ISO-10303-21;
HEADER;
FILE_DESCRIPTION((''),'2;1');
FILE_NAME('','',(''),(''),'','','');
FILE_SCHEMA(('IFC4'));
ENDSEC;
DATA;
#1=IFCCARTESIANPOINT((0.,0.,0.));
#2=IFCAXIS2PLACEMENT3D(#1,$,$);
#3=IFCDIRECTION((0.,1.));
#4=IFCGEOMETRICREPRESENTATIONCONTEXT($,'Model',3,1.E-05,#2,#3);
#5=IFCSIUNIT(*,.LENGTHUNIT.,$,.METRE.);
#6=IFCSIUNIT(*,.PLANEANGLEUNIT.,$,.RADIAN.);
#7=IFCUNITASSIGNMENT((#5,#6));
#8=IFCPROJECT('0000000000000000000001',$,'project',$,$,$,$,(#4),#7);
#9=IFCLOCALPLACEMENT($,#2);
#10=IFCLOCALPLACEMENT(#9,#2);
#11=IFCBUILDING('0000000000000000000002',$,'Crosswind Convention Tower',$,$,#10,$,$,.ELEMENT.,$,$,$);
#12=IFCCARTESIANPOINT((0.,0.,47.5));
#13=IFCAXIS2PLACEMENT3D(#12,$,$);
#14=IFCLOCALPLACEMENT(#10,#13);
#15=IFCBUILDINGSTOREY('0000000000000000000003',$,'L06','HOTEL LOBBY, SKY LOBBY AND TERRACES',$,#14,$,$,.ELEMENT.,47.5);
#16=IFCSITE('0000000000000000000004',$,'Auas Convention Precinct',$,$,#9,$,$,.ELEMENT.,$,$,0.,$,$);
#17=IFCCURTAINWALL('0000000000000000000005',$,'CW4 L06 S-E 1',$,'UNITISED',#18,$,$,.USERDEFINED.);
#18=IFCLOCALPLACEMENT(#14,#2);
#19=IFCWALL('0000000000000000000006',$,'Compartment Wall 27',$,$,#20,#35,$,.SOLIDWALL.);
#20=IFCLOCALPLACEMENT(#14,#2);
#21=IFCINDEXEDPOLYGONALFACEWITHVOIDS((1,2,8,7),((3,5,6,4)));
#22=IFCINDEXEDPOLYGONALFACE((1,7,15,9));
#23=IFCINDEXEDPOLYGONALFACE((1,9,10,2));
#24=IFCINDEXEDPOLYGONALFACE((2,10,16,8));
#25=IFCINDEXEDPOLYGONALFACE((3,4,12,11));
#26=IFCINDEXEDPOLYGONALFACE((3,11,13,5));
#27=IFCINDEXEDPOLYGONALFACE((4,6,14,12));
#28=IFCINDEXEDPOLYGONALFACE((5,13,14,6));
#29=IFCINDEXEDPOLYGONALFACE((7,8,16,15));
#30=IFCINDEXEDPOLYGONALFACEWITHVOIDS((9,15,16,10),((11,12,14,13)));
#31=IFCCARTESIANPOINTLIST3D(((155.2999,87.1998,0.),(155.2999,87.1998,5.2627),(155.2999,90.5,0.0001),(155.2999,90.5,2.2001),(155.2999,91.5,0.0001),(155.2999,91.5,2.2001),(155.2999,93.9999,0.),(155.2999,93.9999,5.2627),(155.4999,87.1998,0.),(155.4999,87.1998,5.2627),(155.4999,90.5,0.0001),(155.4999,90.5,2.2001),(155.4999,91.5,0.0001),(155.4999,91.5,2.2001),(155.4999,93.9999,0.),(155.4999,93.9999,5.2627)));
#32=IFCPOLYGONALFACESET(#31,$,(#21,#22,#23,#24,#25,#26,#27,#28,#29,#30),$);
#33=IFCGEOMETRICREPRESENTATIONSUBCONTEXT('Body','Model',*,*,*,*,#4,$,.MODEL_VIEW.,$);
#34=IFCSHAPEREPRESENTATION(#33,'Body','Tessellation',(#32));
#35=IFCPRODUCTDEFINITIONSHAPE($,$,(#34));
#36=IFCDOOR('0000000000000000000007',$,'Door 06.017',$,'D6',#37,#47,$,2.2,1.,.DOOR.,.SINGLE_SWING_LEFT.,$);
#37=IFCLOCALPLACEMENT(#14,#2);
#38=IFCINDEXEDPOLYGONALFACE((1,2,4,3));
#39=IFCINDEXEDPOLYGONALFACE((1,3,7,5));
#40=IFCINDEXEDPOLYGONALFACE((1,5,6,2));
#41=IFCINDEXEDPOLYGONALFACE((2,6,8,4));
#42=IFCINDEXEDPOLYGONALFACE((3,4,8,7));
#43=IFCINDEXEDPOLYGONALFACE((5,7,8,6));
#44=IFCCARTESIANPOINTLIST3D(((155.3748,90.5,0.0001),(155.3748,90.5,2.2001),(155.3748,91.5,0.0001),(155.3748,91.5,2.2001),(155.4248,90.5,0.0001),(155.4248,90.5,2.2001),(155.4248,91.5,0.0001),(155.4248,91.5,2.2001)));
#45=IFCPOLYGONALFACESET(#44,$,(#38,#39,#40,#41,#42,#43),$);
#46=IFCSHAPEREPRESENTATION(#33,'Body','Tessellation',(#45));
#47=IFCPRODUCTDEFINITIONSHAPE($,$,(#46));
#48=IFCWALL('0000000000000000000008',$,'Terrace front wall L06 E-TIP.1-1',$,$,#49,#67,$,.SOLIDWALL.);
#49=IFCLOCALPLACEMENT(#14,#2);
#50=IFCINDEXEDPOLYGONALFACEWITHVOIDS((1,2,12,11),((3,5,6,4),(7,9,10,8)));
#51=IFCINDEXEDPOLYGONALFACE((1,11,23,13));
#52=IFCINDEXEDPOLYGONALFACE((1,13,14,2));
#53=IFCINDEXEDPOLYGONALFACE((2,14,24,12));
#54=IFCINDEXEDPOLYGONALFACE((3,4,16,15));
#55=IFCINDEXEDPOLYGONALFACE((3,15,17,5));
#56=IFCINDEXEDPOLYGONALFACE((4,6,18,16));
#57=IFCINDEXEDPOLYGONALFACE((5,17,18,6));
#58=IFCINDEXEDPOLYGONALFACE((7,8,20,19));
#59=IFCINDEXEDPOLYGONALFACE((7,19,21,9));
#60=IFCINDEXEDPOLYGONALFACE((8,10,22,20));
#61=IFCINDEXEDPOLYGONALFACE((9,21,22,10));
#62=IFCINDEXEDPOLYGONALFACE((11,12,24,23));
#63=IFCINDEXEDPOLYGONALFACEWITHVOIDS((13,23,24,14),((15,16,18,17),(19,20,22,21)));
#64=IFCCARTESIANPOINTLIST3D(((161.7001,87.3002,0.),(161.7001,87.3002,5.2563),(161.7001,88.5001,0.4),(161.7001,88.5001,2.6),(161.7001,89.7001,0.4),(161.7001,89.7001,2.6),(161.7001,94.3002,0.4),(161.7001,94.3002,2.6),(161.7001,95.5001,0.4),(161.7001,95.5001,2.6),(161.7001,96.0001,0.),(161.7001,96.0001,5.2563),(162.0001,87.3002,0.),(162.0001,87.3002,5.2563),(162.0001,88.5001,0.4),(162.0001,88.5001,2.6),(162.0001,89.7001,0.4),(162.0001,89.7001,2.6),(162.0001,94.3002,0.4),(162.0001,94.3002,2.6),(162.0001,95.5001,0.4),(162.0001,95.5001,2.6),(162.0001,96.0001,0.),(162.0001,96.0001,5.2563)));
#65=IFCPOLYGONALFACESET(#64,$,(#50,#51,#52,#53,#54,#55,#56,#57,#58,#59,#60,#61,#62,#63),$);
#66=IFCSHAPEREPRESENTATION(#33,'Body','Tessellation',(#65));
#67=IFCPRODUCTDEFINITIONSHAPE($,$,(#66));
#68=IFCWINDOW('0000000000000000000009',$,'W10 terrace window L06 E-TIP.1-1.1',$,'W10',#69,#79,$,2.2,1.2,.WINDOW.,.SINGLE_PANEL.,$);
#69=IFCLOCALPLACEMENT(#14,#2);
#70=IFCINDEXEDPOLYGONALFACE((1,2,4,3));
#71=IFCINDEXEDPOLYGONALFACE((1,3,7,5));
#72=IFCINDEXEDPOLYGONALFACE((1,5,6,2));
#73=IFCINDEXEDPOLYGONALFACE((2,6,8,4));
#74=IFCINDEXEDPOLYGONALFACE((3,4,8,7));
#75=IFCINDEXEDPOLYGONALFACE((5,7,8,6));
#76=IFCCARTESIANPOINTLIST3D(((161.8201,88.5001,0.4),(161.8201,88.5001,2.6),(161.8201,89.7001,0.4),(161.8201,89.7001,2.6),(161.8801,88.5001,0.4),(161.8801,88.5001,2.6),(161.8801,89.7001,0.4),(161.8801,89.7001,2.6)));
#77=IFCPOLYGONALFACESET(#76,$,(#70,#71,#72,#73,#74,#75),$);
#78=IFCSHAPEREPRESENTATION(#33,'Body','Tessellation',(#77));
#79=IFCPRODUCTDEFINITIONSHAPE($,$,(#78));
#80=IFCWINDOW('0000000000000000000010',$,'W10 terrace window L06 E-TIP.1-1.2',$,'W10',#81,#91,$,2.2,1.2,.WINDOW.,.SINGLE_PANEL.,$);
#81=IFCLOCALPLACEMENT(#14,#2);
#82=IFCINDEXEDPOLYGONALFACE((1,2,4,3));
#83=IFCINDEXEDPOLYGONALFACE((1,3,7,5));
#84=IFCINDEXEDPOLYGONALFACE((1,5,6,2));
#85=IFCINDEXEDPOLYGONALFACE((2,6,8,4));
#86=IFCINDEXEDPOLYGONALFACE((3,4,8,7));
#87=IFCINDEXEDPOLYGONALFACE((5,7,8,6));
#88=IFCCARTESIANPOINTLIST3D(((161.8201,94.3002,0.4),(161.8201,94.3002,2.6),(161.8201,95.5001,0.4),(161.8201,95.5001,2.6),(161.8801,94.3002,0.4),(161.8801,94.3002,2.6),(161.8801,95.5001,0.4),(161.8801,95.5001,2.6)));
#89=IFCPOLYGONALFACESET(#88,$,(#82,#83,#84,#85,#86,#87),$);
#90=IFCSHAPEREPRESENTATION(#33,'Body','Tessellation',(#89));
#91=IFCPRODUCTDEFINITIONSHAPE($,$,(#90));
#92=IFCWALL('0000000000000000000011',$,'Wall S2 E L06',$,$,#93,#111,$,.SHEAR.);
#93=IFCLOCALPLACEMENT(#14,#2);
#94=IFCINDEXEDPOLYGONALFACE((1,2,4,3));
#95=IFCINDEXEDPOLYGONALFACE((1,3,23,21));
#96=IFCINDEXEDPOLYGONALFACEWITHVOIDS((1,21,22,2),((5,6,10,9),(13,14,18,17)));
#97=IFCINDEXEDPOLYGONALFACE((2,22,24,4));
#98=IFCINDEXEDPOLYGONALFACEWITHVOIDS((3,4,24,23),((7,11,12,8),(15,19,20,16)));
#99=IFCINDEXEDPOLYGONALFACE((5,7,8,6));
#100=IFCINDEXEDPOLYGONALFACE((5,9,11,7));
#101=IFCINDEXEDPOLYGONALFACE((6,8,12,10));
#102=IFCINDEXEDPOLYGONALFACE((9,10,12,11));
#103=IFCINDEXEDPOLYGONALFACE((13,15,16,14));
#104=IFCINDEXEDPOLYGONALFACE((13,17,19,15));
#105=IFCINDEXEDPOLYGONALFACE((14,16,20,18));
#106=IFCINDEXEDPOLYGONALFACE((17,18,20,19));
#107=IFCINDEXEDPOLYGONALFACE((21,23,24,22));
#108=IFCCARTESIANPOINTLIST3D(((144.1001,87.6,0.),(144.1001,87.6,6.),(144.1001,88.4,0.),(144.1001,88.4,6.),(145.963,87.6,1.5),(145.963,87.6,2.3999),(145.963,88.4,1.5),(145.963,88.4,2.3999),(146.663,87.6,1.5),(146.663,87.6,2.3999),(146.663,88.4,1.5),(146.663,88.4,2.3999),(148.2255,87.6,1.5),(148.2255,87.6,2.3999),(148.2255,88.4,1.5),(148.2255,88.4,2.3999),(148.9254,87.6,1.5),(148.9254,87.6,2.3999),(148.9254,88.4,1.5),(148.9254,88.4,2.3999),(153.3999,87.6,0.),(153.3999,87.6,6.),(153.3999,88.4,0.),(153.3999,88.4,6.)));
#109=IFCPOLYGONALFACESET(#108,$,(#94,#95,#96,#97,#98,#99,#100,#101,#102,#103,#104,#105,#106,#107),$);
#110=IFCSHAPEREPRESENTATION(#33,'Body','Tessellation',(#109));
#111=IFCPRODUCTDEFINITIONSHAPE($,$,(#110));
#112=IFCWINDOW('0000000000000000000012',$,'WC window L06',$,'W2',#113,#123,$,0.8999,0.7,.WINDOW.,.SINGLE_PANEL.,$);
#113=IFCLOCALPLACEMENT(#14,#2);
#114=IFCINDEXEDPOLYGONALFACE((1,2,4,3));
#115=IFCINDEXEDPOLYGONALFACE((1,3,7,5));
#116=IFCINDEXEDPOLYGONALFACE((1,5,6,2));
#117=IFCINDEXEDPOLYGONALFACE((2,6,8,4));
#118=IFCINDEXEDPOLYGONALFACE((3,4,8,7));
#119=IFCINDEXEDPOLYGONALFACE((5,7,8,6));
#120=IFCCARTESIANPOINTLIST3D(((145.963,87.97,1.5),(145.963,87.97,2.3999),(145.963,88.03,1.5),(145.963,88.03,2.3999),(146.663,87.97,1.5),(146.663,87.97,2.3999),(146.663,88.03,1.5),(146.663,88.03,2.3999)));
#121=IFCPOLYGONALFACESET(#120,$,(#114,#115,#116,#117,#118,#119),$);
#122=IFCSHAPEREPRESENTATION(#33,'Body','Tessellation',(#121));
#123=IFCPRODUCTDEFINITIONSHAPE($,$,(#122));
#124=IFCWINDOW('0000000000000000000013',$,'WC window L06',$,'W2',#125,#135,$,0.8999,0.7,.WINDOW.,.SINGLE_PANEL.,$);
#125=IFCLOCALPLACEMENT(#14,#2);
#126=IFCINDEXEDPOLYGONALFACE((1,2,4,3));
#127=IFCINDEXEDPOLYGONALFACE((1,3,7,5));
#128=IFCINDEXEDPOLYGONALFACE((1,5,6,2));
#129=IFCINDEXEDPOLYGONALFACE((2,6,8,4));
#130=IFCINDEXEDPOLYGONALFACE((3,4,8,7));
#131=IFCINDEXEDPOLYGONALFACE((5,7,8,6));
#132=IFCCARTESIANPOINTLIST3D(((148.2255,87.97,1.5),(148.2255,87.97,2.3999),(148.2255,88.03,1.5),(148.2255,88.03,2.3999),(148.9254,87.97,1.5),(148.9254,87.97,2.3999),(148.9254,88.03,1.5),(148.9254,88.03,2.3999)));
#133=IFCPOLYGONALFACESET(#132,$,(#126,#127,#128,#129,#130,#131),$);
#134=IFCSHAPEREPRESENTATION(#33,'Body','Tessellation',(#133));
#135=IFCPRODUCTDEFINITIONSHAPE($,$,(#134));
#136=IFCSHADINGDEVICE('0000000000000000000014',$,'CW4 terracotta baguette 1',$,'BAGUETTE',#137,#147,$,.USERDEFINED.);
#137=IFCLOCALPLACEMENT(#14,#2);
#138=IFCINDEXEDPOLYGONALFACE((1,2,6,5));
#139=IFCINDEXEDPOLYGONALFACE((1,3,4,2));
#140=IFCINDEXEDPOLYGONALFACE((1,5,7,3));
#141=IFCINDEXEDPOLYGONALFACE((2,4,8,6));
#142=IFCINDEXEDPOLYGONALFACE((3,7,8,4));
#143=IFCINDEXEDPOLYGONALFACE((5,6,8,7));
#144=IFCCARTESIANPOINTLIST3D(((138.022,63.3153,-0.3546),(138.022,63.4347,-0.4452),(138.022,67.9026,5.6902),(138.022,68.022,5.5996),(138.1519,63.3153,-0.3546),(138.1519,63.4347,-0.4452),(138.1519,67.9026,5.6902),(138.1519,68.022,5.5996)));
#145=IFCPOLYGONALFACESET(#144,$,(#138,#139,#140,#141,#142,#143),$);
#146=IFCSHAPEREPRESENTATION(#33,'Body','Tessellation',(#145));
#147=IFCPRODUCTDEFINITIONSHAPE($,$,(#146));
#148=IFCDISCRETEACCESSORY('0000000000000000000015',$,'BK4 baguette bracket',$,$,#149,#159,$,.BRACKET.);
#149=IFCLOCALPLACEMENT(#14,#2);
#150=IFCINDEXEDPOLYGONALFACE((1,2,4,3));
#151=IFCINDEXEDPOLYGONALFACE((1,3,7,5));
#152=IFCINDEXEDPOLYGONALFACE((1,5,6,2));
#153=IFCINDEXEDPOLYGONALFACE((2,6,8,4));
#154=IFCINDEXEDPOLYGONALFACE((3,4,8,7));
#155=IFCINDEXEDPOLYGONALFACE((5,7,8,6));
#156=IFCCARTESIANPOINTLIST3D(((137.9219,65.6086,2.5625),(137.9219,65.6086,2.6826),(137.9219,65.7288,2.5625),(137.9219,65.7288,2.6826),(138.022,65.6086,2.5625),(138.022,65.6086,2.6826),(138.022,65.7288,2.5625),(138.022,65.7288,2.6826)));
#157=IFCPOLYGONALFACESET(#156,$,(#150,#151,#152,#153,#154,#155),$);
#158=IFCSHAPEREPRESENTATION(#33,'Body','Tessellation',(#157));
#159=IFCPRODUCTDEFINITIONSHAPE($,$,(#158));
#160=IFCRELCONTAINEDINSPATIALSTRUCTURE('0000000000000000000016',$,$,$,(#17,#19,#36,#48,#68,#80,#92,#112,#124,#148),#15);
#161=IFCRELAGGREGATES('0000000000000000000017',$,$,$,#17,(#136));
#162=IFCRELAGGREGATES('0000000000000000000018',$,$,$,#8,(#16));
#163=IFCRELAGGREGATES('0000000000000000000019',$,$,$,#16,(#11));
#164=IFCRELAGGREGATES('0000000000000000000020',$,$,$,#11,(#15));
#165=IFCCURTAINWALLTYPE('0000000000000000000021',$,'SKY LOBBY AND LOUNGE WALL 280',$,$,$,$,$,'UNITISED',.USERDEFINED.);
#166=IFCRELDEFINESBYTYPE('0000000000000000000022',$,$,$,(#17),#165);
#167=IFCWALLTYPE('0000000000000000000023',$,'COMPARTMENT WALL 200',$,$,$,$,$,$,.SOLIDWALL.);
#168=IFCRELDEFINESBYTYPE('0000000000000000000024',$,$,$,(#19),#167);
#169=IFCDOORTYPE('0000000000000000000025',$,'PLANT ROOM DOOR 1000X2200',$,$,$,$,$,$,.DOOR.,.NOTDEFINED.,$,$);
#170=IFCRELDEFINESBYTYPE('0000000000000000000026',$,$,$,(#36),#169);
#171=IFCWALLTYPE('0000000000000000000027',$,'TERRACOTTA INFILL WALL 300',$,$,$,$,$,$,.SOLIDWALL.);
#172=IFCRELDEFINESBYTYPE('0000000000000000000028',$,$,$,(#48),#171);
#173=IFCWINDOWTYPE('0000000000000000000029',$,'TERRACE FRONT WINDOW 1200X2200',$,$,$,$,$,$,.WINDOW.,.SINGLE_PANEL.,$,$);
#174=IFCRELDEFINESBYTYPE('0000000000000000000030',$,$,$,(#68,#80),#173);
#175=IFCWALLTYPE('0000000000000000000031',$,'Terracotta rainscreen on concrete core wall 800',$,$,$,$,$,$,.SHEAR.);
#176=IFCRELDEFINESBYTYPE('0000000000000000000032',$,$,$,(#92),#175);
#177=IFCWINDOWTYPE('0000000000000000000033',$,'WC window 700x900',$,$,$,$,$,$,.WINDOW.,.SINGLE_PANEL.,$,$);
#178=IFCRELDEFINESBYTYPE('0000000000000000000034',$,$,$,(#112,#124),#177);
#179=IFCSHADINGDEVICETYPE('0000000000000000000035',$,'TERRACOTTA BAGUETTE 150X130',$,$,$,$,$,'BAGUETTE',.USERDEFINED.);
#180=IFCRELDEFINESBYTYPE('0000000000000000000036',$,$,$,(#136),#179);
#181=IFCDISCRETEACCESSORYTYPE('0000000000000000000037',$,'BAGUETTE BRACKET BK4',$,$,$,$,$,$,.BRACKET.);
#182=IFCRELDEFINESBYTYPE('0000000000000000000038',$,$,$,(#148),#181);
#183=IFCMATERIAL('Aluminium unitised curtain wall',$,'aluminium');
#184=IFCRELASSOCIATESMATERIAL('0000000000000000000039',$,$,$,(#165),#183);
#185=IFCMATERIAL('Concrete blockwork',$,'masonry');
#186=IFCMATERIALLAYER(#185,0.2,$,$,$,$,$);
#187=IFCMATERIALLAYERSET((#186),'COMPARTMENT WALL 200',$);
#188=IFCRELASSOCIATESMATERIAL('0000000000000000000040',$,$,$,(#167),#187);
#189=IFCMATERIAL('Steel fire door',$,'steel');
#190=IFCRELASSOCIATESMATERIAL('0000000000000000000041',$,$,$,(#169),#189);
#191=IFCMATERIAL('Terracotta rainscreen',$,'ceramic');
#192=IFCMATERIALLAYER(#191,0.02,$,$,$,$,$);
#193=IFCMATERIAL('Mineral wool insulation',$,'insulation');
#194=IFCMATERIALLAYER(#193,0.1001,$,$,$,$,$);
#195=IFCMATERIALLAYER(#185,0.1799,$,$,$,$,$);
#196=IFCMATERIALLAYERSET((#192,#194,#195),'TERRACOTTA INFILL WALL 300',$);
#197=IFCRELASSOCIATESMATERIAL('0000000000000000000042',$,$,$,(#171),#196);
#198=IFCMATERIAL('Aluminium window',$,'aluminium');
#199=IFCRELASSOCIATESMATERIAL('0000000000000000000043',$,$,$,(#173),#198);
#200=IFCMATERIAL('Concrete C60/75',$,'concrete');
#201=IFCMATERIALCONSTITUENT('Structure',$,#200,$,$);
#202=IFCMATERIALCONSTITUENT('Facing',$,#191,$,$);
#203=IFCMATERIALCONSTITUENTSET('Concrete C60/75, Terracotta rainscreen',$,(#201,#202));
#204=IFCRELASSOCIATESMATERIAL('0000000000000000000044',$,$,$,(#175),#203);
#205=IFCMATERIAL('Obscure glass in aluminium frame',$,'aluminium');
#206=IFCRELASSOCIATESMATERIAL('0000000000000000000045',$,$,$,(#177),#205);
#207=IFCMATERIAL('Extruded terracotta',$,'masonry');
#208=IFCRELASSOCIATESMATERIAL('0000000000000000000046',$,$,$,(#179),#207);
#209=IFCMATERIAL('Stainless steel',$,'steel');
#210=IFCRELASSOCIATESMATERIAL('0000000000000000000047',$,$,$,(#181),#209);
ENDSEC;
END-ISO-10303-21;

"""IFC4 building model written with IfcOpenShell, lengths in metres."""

from ifc_helpers import new_model, si_unit, direction, frame, frame_2d, origin, origin_2d, place, context, subcontext, project, spatial, rectangle, extrude, material, layer, layer_set, constituent, constituent_set, material_profile, profile_set, type_object, element, fill, aggregate, save


model = new_model("IFC4")

# Units and contexts
model_context = context("Model", 3, precision=1e-05, world=origin(), true_north=direction((0.0, 1.0)))
body_context = subcontext(model_context, "Body", "Model", "MODEL_VIEW")
ifc_project = project(units=[si_unit("LENGTHUNIT", "METRE"), si_unit("PLANEANGLEUNIT", "RADIAN")], contexts=[model_context])

# Site, building, storey
site_placement = place(None, origin())
site = spatial("IfcSite", under=ifc_project, at=site_placement, Name="Auas Convention Precinct", CompositionType="ELEMENT", RefElevation=0.0)
building_placement = place(site_placement, origin())
building = spatial("IfcBuilding", under=site, at=building_placement, Name="Crosswind Convention Tower", CompositionType="ELEMENT")
storey_placement = place(building_placement, frame((0.0, 0.0, 47.5)))
storey = spatial("IfcBuildingStorey", under=building, at=storey_placement, Name="L06", Description="HOTEL LOBBY, SKY LOBBY AND TERRACES", CompositionType="ELEMENT", Elevation=47.5)

# Shared definitions
ifc_material_1 = material(Name="Concrete C60/75", Category="concrete")

# Shared definitions
ifc_material_2 = material(Name="Aluminium unitised curtain wall", Category="aluminium")

# Curtain wall
curtain_wall_type_1 = type_object("IfcCurtainWallType", Name="SKY LOBBY AND LOUNGE WALL 280", ElementType="UNITISED", PredefinedType="USERDEFINED", material=ifc_material_2)
curtain_wall_1_placement = place(storey_placement, origin())
curtain_wall_1 = element("IfcCurtainWall", 1, at=curtain_wall_1_placement, inside=storey, type_object=curtain_wall_type_1, Name="CW4 L06 S-E 1", ObjectType="UNITISED", PredefinedType="USERDEFINED")

# Wall, opening, door
ifc_material_3 = material(Name="Concrete blockwork", Category="masonry")
ifc_layer_1 = layer(ifc_material_3, 0.2)
ifc_layer_set_1 = layer_set([ifc_layer_1], Name="COMPARTMENT WALL 200")
wall_type_1 = type_object("IfcWallType", Name="COMPARTMENT WALL 200", PredefinedType="SOLIDWALL", material=ifc_layer_set_1)
wall_1_placement = place(storey_placement, frame((155.3999, 87.2, 0.0), z_axis=(0.0, 0.0, 1.0), x_axis=(0.0, 1.0, 0.0)))
wall_1 = element("IfcWall", 2, at=wall_1_placement, inside=storey, type_object=wall_type_1, Name="Compartment Wall 27", PredefinedType="SOLIDWALL", context=body_context, shape_type="SweptSolid", body=[
    extrude(rectangle(XDim=6.8, YDim=0.2, at=frame_2d((3.3999, 0.0))), origin(), (0.0, 0.0, 1.0), 5.2627),
])
opening_1_placement = place(wall_1_placement, frame((3.3, 0.0, 0.0)))
opening_1 = element("IfcOpeningElement", 3, at=opening_1_placement, cuts=wall_1, PredefinedType="OPENING", context=body_context, shape_type="SweptSolid", body=[
    extrude(rectangle(XDim=1.0, YDim=2.2, at=frame_2d((0.5, 1.1001))), frame((0.0, 0.1099, 0.0), z_axis=(0.0, -1.0, 0.0), x_axis=(1.0, 0.0, 0.0)), (0.0, 0.0, 1.0), 0.22),
])
ifc_material_4 = material(Name="Steel fire door", Category="steel")
door_type = type_object("IfcDoorType", Name="PLANT ROOM DOOR 1000X2200", OperationType="NOTDEFINED", PredefinedType="DOOR", material=ifc_material_4)
door_placement = place(opening_1_placement, frame((1.0, 0.0, 0.0), z_axis=(0.0, 0.0, 1.0), x_axis=(-1.0, 0.0, 0.0)))
door = element("IfcDoor", 4, at=door_placement, inside=storey, type_object=door_type, Name="Door 06.017", ObjectType="D6", OperationType="SINGLE_SWING_LEFT", OverallHeight=2.2, OverallWidth=1.0, PredefinedType="DOOR", context=body_context, shape_type="SweptSolid", body=[
    extrude(rectangle(XDim=1.0, YDim=2.2, at=frame_2d((0.5, 1.1001))), frame((0.0, 0.0249, 0.0), z_axis=(0.0, -1.0, 0.0), x_axis=(1.0, 0.0, 0.0)), (0.0, 0.0, 1.0), 0.05),
])
fill(opening_1, door)

# Walls, openings, windows
ifc_material_5 = material(Name="Terracotta rainscreen", Category="ceramic")
ifc_layer_2 = layer(ifc_material_5, 0.02)
ifc_material_6 = material(Name="Mineral wool insulation", Category="insulation")
ifc_layer_3 = layer(ifc_material_6, 0.1001)
ifc_layer_4 = layer(ifc_material_3, 0.1799)
ifc_layer_set_2 = layer_set([ifc_layer_2, ifc_layer_3, ifc_layer_4], Name="TERRACOTTA INFILL WALL 300")
wall_type_2 = type_object("IfcWallType", Name="TERRACOTTA INFILL WALL 300", PredefinedType="SOLIDWALL", material=ifc_layer_set_2)
wall_2_placement = place(storey_placement, frame((161.8501, 87.3, 0.0), z_axis=(0.0, 0.0, 1.0), x_axis=(0.0, 1.0, 0.0)))
wall_2 = element("IfcWall", 5, at=wall_2_placement, inside=storey, type_object=wall_type_2, Name="Terrace front wall L06 E-TIP.1-1", PredefinedType="SOLIDWALL", context=body_context, shape_type="SweptSolid", body=[
    extrude(rectangle(XDim=8.7, YDim=0.3, at=frame_2d((4.3501, 0.0))), origin(), (0.0, 0.0, 1.0), 5.2563),
])
opening_2_placement = place(wall_2_placement, frame((1.2, 0.0, 0.3999)))
opening_2 = element("IfcOpeningElement", 6, at=opening_2_placement, cuts=wall_2, PredefinedType="OPENING", context=body_context, shape_type="SweptSolid", body=[
    extrude(rectangle(XDim=1.2, YDim=2.2, at=frame_2d((0.6001, 1.1001))), frame((0.0, 0.1599, 0.0), z_axis=(0.0, -1.0, 0.0), x_axis=(1.0, 0.0, 0.0)), (0.0, 0.0, 1.0), 0.3201),
])
opening_3_placement = place(wall_2_placement, frame((7.0, 0.0, 0.3999)))
opening_3 = element("IfcOpeningElement", 7, at=opening_3_placement, cuts=wall_2, PredefinedType="OPENING", context=body_context, shape_type="SweptSolid", body=[
    extrude(rectangle(XDim=1.2, YDim=2.2, at=frame_2d((0.6001, 1.1001))), frame((0.0, 0.1599, 0.0), z_axis=(0.0, -1.0, 0.0), x_axis=(1.0, 0.0, 0.0)), (0.0, 0.0, 1.0), 0.3201),
])
ifc_material_7 = material(Name="Aluminium window", Category="aluminium")
window_type_1 = type_object("IfcWindowType", Name="TERRACE FRONT WINDOW 1200X2200", PartitioningType="SINGLE_PANEL", PredefinedType="WINDOW", material=ifc_material_7)
window_1_placement = place(opening_2_placement, origin())
window_1 = element("IfcWindow", 8, at=window_1_placement, inside=storey, type_object=window_type_1, Name="W10 terrace window L06 E-TIP.1-1.1", ObjectType="W10", OverallHeight=2.2, OverallWidth=1.2, PartitioningType="SINGLE_PANEL", PredefinedType="WINDOW", context=body_context, shape_type="SweptSolid", body=[
    extrude(rectangle(XDim=1.2, YDim=2.2, at=frame_2d((0.6001, 1.1001))), frame((0.0, 0.03, 0.0), z_axis=(0.0, -1.0, 0.0), x_axis=(1.0, 0.0, 0.0)), (0.0, 0.0, 1.0), 0.0601),
])
fill(opening_2, window_1)
window_2_placement = place(opening_3_placement, origin())
window_2 = element("IfcWindow", 9, at=window_2_placement, inside=storey, type_object=window_type_1, Name="W10 terrace window L06 E-TIP.1-1.2", ObjectType="W10", OverallHeight=2.2, OverallWidth=1.2, PartitioningType="SINGLE_PANEL", PredefinedType="WINDOW", context=body_context, shape_type="SweptSolid", body=[
    extrude(rectangle(XDim=1.2, YDim=2.2, at=frame_2d((0.6001, 1.1001))), frame((0.0, 0.03, 0.0), z_axis=(0.0, -1.0, 0.0), x_axis=(1.0, 0.0, 0.0)), (0.0, 0.0, 1.0), 0.0601),
])
fill(opening_3, window_2)
ifc_constituent_1 = constituent(ifc_material_1, Name="Structure")
ifc_constituent_2 = constituent(ifc_material_5, Name="Facing")
ifc_constituent_set = constituent_set(constituents=[ifc_constituent_1, ifc_constituent_2], Name="Concrete C60/75, Terracotta rainscreen")
wall_type_3 = type_object("IfcWallType", Name="Terracotta rainscreen on concrete core wall 800", PredefinedType="SHEAR", material=ifc_constituent_set)
wall_3_placement = place(storey_placement, frame((144.1001, 88.0, 0.0), z_axis=(0.0, 0.0, 1.0), x_axis=(1.0, 0.0, 0.0)))
wall_3 = element("IfcWall", 10, at=wall_3_placement, inside=storey, type_object=wall_type_3, Name="Wall S2 E L06", PredefinedType="SHEAR", context=body_context, shape_type="SweptSolid", body=[
    extrude(rectangle(XDim=9.2998, YDim=0.8, at=frame_2d((4.6499, 0.0))), origin(), (0.0, 0.0, 1.0), 6.0),
])
opening_4_placement = place(wall_3_placement, frame((1.8628, 0.0, 1.5)))
opening_4 = element("IfcOpeningElement", 11, at=opening_4_placement, cuts=wall_3, PredefinedType="OPENING", context=body_context, shape_type="SweptSolid", body=[
    extrude(rectangle(XDim=0.7, YDim=0.8999, at=frame_2d((0.3501, 0.45))), frame((0.0, 0.4099, 0.0), z_axis=(0.0, -1.0, 0.0), x_axis=(1.0, 0.0, 0.0)), (0.0, 0.0, 1.0), 0.8201),
])
opening_5_placement = place(wall_3_placement, frame((4.1252, 0.0, 1.5)))
opening_5 = element("IfcOpeningElement", 12, at=opening_5_placement, cuts=wall_3, PredefinedType="OPENING", context=body_context, shape_type="SweptSolid", body=[
    extrude(rectangle(XDim=0.7, YDim=0.8999, at=frame_2d((0.3501, 0.45))), frame((0.0, 0.4099, 0.0), z_axis=(0.0, -1.0, 0.0), x_axis=(1.0, 0.0, 0.0)), (0.0, 0.0, 1.0), 0.8201),
])
ifc_material_8 = material(Name="Obscure glass in aluminium frame", Category="aluminium")
window_type_2 = type_object("IfcWindowType", Name="WC window 700x900", PartitioningType="SINGLE_PANEL", PredefinedType="WINDOW", material=ifc_material_8)
window_3_placement = place(opening_4_placement, origin())
window_3 = element("IfcWindow", 13, at=window_3_placement, inside=storey, type_object=window_type_2, Name="WC window L06", ObjectType="W2", OverallHeight=0.8999, OverallWidth=0.7, PartitioningType="SINGLE_PANEL", PredefinedType="WINDOW", context=body_context, shape_type="SweptSolid", body=[
    extrude(rectangle(XDim=0.7, YDim=0.8999, at=frame_2d((0.3501, 0.45))), frame((0.0, 0.03, 0.0), z_axis=(0.0, -1.0, 0.0), x_axis=(1.0, 0.0, 0.0)), (0.0, 0.0, 1.0), 0.0601),
])
fill(opening_4, window_3)
window_4_placement = place(opening_5_placement, origin())
window_4 = element("IfcWindow", 14, at=window_4_placement, inside=storey, type_object=window_type_2, Name="WC window L06", ObjectType="W2", OverallHeight=0.8999, OverallWidth=0.7, PartitioningType="SINGLE_PANEL", PredefinedType="WINDOW", context=body_context, shape_type="SweptSolid", body=[
    extrude(rectangle(XDim=0.7, YDim=0.8999, at=frame_2d((0.3501, 0.45))), frame((0.0, 0.03, 0.0), z_axis=(0.0, -1.0, 0.0), x_axis=(1.0, 0.0, 0.0)), (0.0, 0.0, 1.0), 0.0601),
])
fill(opening_5, window_4)

# Shading device
ifc_material_9 = material(Name="Extruded terracotta", Category="masonry")
ifc_material_profile_1 = material_profile(ifc_material_9, rectangle(XDim=0.1299, YDim=0.1499, at=origin_2d()), Name="TC 130X150")
ifc_profile_set_1 = profile_set([ifc_material_profile_1], Name="Extruded terracotta")
shading_device_type = type_object("IfcShadingDeviceType", Name="TERRACOTTA BAGUETTE 150X130", ElementType="BAGUETTE", PredefinedType="USERDEFINED", material=ifc_profile_set_1)
shading_device_placement = place(storey_placement, frame((138.0869, 63.375, -0.3999), z_axis=(0.0, 0.60452, 0.79659), x_axis=(-1.0, 0.0, 0.0)))
shading_device = element("IfcShadingDevice", 15, at=shading_device_placement, type_object=shading_device_type, Name="CW4 terracotta baguette 1", ObjectType="BAGUETTE", PredefinedType="USERDEFINED", context=body_context, shape_type="SweptSolid", body=[
    extrude(rectangle(XDim=0.1299, YDim=0.1499, at=origin_2d()), origin(), (0.0, 0.0, 1.0), 7.5884),
])
aggregate(curtain_wall_1, [shading_device])

# Discrete accessory
ifc_material_10 = material(Name="Stainless steel", Category="steel")
discrete_accessory_type = type_object("IfcDiscreteAccessoryType", Name="BAGUETTE BRACKET BK4", PredefinedType="BRACKET", material=ifc_material_10)
discrete_accessory_placement = place(storey_placement, frame((137.9719, 65.6687, 2.5625), z_axis=(0.0, 0.0, 1.0), x_axis=(0.0, 1.0, 0.0)))
element("IfcDiscreteAccessory", 16, at=discrete_accessory_placement, inside=storey, type_object=discrete_accessory_type, Name="BK4 baguette bracket", PredefinedType="BRACKET", context=body_context, shape_type="SweptSolid", body=[
    extrude(rectangle(XDim=0.1201, YDim=0.1001, at=origin_2d()), origin(), (0.0, 0.0, 1.0), 0.1201),
])

save(model, "model.ifc")
